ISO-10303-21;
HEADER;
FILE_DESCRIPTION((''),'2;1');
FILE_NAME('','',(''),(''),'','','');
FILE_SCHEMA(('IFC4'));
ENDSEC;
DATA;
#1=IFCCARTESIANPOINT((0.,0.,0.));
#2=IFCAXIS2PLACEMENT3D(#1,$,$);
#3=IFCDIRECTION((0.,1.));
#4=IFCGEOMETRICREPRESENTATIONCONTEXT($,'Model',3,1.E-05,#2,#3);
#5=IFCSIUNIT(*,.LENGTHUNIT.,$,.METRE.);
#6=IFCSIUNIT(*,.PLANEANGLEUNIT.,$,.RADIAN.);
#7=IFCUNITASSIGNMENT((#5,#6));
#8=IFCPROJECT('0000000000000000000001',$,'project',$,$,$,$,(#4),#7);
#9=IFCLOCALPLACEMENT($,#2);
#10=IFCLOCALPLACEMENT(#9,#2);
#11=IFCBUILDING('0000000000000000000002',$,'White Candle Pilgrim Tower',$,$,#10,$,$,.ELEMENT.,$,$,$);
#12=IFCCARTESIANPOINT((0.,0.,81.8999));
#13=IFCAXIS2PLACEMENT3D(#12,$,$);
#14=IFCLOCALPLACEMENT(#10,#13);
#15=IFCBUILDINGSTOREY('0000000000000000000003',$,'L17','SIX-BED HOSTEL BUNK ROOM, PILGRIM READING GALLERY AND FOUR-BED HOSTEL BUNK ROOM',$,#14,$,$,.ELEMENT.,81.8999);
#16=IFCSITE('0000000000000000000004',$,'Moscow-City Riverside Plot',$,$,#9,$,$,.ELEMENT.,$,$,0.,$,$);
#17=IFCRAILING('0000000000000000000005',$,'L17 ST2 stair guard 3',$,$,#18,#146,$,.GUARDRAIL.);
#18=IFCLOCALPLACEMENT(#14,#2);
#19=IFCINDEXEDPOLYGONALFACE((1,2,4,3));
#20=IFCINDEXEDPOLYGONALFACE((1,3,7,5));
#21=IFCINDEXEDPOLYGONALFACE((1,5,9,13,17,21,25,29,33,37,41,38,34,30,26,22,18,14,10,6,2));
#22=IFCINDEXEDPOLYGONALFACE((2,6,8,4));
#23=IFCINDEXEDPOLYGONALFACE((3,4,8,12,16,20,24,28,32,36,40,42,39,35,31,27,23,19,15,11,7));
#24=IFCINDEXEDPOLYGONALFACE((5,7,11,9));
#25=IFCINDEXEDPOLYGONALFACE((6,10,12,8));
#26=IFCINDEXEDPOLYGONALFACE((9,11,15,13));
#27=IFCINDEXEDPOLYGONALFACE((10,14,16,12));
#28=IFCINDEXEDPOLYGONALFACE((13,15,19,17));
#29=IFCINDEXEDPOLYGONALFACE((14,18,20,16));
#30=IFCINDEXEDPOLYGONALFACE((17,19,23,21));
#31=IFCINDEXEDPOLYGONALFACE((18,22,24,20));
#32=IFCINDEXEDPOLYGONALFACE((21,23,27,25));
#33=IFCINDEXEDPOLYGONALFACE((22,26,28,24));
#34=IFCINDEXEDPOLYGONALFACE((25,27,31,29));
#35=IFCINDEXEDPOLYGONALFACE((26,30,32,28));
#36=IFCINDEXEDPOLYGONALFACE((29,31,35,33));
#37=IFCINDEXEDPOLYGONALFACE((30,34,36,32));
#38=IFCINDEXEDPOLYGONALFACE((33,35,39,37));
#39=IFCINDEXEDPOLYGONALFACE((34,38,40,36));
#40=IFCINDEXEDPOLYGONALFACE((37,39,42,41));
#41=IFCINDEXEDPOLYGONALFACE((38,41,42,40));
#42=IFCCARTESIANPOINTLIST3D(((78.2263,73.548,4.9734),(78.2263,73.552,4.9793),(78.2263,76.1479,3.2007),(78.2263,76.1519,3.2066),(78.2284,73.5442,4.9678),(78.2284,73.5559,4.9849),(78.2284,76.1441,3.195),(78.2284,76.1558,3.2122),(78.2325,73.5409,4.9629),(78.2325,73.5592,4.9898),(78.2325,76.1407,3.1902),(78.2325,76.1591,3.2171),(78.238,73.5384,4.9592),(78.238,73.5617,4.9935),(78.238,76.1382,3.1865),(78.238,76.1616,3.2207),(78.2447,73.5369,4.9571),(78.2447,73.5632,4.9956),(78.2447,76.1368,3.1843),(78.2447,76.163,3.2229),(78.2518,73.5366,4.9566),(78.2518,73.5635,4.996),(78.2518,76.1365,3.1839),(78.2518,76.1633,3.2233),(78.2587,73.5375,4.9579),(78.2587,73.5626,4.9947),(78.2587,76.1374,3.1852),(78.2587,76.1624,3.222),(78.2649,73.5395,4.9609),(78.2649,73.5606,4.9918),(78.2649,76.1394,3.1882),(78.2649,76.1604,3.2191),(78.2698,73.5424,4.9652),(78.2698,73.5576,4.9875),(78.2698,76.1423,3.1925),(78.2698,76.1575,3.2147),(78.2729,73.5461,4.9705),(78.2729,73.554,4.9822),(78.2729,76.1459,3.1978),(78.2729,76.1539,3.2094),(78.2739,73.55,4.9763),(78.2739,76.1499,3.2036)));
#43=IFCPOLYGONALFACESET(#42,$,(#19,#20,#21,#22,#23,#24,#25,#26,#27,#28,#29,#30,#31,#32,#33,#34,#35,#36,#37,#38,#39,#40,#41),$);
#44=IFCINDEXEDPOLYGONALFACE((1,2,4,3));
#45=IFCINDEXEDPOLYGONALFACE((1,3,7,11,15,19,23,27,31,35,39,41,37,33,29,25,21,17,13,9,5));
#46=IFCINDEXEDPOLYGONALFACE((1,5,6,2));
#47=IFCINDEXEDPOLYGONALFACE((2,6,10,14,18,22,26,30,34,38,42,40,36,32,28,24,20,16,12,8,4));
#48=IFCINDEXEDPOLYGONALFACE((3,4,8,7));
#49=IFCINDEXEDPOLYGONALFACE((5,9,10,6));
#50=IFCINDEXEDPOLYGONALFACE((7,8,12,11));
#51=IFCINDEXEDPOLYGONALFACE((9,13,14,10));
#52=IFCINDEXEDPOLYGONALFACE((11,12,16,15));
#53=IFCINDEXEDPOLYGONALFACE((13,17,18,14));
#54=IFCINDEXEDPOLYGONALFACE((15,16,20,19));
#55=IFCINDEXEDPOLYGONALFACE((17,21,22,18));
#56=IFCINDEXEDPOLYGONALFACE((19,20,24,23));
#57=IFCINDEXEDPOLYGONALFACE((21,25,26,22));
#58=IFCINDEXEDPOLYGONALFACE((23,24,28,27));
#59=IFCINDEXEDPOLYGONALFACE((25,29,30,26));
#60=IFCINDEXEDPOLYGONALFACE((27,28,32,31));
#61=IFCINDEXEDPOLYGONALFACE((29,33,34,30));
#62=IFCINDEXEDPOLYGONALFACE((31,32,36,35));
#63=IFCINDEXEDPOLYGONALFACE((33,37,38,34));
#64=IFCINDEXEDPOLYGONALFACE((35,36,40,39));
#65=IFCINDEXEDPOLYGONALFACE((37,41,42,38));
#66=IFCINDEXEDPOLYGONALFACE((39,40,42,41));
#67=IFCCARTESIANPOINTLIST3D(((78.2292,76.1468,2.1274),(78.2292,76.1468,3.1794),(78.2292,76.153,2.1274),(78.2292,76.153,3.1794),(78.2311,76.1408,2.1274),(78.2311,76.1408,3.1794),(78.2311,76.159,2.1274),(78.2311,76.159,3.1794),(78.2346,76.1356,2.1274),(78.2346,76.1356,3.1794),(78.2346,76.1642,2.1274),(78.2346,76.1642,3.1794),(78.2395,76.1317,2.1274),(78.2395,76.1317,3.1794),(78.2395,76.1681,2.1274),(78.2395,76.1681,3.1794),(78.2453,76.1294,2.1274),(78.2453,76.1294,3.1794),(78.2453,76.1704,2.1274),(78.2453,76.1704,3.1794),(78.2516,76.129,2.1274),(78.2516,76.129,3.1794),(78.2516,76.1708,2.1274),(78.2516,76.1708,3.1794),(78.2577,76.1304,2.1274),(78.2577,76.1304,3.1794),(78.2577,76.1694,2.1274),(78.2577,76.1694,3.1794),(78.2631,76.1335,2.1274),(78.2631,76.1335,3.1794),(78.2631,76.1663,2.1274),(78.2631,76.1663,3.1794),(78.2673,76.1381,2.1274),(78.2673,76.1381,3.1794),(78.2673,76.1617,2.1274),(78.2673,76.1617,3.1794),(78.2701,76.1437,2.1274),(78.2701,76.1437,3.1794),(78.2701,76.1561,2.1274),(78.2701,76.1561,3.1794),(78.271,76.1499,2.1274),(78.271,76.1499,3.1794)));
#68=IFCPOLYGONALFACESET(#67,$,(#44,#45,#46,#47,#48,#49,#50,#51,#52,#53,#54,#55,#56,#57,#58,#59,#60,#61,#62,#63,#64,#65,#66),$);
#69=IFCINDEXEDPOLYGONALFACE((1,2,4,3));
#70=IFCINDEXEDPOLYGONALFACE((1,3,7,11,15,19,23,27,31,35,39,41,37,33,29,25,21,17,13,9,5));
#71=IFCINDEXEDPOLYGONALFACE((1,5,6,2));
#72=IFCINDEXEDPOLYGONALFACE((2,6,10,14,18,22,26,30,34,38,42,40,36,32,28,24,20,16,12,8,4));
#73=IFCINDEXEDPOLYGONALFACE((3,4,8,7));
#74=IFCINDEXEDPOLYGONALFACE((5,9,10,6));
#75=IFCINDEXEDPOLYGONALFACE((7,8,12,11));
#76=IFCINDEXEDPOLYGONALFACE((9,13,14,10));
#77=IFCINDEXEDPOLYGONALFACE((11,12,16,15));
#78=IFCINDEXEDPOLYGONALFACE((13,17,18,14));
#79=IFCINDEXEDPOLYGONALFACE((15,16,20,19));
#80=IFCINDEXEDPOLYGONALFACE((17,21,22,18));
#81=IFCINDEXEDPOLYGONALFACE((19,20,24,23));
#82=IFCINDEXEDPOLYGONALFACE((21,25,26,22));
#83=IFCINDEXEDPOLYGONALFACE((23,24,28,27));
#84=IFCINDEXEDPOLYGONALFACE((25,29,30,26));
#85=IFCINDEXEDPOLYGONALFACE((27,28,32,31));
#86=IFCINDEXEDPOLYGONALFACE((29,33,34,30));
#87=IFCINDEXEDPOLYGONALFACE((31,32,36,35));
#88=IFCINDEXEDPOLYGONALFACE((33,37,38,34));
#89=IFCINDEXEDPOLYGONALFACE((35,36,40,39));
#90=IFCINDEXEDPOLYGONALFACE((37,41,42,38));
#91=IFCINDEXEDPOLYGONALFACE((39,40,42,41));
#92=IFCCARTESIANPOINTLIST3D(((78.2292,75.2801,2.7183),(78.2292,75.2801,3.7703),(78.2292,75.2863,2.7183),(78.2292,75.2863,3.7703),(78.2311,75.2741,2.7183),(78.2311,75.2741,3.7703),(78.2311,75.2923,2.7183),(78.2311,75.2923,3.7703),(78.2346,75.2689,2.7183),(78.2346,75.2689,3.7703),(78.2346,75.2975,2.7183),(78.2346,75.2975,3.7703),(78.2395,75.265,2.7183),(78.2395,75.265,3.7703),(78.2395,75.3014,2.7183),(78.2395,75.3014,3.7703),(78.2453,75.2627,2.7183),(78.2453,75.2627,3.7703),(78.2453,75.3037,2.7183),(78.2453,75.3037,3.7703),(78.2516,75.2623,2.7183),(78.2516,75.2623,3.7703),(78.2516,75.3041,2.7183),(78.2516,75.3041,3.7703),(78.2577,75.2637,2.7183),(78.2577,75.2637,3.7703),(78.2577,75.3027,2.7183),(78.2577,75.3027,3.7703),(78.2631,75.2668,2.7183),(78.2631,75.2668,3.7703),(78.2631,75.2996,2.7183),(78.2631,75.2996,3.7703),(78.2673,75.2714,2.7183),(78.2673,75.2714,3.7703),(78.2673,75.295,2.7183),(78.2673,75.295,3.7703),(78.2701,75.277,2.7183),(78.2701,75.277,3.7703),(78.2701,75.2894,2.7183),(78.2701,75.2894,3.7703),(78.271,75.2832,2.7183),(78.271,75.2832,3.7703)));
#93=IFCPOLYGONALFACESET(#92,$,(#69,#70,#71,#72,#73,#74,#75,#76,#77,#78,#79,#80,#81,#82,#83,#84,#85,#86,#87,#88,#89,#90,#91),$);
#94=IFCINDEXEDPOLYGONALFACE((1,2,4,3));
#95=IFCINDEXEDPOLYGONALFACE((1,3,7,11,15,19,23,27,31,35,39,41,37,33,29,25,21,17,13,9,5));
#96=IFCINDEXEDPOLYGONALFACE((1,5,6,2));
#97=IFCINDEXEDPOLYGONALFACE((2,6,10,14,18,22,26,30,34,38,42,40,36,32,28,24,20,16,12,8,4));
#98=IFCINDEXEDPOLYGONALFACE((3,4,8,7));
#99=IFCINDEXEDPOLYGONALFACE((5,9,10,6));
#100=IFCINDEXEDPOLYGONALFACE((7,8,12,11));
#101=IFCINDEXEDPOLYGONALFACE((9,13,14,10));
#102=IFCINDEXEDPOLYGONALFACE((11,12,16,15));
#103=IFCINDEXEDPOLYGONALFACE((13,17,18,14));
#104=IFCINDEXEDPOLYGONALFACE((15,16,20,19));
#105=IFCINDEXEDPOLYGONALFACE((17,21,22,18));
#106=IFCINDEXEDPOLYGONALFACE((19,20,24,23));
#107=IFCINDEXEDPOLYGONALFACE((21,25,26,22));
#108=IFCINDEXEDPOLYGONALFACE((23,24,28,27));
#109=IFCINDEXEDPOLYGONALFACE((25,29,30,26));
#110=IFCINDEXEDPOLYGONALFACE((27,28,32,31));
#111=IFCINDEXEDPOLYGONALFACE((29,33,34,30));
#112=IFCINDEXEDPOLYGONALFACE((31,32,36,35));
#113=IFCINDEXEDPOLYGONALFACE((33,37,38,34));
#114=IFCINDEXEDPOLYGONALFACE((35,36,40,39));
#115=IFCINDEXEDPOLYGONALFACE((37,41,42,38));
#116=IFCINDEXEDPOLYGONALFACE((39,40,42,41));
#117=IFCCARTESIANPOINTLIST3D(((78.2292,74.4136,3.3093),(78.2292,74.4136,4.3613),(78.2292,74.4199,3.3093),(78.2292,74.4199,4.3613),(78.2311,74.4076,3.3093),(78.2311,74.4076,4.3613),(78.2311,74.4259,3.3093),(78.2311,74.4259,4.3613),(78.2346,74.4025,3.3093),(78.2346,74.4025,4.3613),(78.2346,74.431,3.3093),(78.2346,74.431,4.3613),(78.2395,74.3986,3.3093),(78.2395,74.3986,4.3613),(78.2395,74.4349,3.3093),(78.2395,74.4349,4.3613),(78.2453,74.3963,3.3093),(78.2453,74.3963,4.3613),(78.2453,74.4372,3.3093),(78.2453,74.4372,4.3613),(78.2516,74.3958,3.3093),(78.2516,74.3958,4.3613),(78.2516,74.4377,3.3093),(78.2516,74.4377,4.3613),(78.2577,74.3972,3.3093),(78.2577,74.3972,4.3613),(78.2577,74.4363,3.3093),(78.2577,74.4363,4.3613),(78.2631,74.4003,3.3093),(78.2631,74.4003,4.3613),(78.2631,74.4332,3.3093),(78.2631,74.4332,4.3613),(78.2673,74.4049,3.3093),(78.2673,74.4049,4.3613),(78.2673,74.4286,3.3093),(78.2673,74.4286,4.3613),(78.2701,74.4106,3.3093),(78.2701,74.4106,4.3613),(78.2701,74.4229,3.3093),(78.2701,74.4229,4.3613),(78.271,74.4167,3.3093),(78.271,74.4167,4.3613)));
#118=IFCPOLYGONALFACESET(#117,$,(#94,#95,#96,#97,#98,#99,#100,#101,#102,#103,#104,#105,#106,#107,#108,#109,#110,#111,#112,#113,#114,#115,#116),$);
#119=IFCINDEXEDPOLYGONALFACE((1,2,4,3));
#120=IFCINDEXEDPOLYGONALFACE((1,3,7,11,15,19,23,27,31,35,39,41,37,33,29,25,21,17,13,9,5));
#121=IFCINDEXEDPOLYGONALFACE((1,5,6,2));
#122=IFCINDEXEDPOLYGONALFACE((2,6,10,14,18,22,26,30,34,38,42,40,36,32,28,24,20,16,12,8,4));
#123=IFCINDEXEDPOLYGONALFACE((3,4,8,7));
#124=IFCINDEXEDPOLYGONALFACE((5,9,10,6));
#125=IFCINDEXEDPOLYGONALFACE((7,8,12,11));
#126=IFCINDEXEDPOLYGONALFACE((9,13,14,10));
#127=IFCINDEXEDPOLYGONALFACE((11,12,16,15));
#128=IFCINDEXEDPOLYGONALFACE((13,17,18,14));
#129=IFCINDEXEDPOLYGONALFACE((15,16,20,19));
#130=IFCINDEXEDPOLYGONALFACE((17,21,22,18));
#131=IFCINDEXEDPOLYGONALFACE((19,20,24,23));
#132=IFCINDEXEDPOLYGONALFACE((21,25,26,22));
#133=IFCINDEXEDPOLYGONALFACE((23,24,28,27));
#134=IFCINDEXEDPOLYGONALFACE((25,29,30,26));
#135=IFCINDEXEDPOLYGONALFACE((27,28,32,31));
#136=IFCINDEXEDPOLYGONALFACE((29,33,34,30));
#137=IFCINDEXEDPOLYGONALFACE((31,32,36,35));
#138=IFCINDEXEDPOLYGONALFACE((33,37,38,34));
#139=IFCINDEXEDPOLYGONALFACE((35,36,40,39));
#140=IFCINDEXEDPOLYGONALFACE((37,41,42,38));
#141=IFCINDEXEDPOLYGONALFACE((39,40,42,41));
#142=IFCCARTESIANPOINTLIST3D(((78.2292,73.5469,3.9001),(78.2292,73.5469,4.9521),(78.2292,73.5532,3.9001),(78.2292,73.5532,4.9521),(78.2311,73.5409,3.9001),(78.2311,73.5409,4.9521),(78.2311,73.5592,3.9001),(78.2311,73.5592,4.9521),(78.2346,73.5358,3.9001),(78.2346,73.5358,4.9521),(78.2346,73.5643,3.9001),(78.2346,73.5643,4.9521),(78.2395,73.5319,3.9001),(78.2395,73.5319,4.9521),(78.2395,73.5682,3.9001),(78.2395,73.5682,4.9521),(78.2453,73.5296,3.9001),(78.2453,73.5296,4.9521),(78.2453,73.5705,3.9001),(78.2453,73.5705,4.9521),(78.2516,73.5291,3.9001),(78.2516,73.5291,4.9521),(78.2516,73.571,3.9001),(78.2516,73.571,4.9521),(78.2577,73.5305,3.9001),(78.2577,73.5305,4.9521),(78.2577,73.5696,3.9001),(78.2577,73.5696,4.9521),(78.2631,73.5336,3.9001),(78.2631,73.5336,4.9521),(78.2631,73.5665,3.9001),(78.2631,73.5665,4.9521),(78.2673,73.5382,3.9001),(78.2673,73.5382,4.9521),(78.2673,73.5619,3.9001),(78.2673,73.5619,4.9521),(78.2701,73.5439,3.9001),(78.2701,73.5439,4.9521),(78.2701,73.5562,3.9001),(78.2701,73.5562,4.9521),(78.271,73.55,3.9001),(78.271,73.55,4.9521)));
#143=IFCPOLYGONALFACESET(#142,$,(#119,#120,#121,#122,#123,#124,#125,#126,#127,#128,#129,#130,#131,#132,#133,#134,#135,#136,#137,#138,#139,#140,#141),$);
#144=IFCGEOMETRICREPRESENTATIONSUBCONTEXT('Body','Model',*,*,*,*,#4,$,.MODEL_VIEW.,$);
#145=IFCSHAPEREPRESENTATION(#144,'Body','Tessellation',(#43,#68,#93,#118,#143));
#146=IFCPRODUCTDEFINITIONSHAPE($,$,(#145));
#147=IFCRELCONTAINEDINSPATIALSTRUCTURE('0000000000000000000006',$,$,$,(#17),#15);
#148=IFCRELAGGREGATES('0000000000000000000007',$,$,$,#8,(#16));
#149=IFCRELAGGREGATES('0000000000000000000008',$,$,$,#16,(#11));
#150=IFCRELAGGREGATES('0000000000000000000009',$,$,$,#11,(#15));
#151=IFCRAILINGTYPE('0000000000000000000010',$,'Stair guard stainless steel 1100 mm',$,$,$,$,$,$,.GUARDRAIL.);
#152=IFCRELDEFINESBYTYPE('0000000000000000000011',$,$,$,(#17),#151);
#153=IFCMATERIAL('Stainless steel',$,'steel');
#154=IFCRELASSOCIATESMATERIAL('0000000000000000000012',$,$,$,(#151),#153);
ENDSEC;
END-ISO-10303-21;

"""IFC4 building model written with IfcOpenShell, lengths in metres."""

from ifc_helpers import new_model, si_unit, direction, frame, origin, origin_2d, place, context, subcontext, project, spatial, circle, extrude, material, type_object, element, save


model = new_model("IFC4")

# Units and contexts
model_context = context("Model", 3, precision=1e-05, world=origin(), true_north=direction((0.0, 1.0)))
body_context = subcontext(model_context, "Body", "Model", "MODEL_VIEW")
ifc_project = project(units=[si_unit("LENGTHUNIT", "METRE"), si_unit("PLANEANGLEUNIT", "RADIAN")], contexts=[model_context])

# Site, building, storey
site_placement = place(None, origin())
site = spatial("IfcSite", under=ifc_project, at=site_placement, Name="Moscow-City Riverside Plot", CompositionType="ELEMENT", RefElevation=0.0)
building_placement = place(site_placement, origin())
building = spatial("IfcBuilding", under=site, at=building_placement, Name="White Candle Pilgrim Tower", CompositionType="ELEMENT")
storey_placement = place(building_placement, frame((0.0, 0.0, 81.8999)))
storey = spatial("IfcBuildingStorey", under=building, at=storey_placement, Name="L17", Description="SIX-BED HOSTEL BUNK ROOM, PILGRIM READING GALLERY AND FOUR-BED HOSTEL BUNK ROOM", CompositionType="ELEMENT", Elevation=81.8999)

# Railing
ifc_material_1 = material(Name="Stainless steel", Category="steel")
railing_type = type_object("IfcRailingType", Name="Stair guard stainless steel 1100 mm", PredefinedType="GUARDRAIL", material=ifc_material_1)
railing_1_placement = place(storey_placement, frame((78.25, 76.1499, 2.1274)))
element("IfcRailing", 1, at=railing_1_placement, inside=storey, type_object=railing_type, Name="L17 ST2 stair guard 3", PredefinedType="GUARDRAIL", context=body_context, shape_type="SweptSolid", body=[
    extrude(circle(Radius=0.0239, at=origin_2d()), frame((0.0, 0.0, 1.0762), z_axis=(0.0, -0.826216, 0.563354), x_axis=(1.0, 0.0, 0.0)), (0.0, 0.0, 1.0), 3.1467),
    extrude(circle(Radius=0.021, at=origin_2d()), origin(), (0.0, 0.0, 1.0), 1.052),
    extrude(circle(Radius=0.021, at=origin_2d()), frame((0.0, -0.8667, 0.5908)), (0.0, 0.0, 1.0), 1.052),
    extrude(circle(Radius=0.021, at=origin_2d()), frame((0.0, -1.7332, 1.1819)), (0.0, 0.0, 1.0), 1.052),
    extrude(circle(Radius=0.021, at=origin_2d()), frame((0.0, -2.5999, 1.7727)), (0.0, 0.0, 1.0), 1.052),
])

save(model, "model.ifc")
